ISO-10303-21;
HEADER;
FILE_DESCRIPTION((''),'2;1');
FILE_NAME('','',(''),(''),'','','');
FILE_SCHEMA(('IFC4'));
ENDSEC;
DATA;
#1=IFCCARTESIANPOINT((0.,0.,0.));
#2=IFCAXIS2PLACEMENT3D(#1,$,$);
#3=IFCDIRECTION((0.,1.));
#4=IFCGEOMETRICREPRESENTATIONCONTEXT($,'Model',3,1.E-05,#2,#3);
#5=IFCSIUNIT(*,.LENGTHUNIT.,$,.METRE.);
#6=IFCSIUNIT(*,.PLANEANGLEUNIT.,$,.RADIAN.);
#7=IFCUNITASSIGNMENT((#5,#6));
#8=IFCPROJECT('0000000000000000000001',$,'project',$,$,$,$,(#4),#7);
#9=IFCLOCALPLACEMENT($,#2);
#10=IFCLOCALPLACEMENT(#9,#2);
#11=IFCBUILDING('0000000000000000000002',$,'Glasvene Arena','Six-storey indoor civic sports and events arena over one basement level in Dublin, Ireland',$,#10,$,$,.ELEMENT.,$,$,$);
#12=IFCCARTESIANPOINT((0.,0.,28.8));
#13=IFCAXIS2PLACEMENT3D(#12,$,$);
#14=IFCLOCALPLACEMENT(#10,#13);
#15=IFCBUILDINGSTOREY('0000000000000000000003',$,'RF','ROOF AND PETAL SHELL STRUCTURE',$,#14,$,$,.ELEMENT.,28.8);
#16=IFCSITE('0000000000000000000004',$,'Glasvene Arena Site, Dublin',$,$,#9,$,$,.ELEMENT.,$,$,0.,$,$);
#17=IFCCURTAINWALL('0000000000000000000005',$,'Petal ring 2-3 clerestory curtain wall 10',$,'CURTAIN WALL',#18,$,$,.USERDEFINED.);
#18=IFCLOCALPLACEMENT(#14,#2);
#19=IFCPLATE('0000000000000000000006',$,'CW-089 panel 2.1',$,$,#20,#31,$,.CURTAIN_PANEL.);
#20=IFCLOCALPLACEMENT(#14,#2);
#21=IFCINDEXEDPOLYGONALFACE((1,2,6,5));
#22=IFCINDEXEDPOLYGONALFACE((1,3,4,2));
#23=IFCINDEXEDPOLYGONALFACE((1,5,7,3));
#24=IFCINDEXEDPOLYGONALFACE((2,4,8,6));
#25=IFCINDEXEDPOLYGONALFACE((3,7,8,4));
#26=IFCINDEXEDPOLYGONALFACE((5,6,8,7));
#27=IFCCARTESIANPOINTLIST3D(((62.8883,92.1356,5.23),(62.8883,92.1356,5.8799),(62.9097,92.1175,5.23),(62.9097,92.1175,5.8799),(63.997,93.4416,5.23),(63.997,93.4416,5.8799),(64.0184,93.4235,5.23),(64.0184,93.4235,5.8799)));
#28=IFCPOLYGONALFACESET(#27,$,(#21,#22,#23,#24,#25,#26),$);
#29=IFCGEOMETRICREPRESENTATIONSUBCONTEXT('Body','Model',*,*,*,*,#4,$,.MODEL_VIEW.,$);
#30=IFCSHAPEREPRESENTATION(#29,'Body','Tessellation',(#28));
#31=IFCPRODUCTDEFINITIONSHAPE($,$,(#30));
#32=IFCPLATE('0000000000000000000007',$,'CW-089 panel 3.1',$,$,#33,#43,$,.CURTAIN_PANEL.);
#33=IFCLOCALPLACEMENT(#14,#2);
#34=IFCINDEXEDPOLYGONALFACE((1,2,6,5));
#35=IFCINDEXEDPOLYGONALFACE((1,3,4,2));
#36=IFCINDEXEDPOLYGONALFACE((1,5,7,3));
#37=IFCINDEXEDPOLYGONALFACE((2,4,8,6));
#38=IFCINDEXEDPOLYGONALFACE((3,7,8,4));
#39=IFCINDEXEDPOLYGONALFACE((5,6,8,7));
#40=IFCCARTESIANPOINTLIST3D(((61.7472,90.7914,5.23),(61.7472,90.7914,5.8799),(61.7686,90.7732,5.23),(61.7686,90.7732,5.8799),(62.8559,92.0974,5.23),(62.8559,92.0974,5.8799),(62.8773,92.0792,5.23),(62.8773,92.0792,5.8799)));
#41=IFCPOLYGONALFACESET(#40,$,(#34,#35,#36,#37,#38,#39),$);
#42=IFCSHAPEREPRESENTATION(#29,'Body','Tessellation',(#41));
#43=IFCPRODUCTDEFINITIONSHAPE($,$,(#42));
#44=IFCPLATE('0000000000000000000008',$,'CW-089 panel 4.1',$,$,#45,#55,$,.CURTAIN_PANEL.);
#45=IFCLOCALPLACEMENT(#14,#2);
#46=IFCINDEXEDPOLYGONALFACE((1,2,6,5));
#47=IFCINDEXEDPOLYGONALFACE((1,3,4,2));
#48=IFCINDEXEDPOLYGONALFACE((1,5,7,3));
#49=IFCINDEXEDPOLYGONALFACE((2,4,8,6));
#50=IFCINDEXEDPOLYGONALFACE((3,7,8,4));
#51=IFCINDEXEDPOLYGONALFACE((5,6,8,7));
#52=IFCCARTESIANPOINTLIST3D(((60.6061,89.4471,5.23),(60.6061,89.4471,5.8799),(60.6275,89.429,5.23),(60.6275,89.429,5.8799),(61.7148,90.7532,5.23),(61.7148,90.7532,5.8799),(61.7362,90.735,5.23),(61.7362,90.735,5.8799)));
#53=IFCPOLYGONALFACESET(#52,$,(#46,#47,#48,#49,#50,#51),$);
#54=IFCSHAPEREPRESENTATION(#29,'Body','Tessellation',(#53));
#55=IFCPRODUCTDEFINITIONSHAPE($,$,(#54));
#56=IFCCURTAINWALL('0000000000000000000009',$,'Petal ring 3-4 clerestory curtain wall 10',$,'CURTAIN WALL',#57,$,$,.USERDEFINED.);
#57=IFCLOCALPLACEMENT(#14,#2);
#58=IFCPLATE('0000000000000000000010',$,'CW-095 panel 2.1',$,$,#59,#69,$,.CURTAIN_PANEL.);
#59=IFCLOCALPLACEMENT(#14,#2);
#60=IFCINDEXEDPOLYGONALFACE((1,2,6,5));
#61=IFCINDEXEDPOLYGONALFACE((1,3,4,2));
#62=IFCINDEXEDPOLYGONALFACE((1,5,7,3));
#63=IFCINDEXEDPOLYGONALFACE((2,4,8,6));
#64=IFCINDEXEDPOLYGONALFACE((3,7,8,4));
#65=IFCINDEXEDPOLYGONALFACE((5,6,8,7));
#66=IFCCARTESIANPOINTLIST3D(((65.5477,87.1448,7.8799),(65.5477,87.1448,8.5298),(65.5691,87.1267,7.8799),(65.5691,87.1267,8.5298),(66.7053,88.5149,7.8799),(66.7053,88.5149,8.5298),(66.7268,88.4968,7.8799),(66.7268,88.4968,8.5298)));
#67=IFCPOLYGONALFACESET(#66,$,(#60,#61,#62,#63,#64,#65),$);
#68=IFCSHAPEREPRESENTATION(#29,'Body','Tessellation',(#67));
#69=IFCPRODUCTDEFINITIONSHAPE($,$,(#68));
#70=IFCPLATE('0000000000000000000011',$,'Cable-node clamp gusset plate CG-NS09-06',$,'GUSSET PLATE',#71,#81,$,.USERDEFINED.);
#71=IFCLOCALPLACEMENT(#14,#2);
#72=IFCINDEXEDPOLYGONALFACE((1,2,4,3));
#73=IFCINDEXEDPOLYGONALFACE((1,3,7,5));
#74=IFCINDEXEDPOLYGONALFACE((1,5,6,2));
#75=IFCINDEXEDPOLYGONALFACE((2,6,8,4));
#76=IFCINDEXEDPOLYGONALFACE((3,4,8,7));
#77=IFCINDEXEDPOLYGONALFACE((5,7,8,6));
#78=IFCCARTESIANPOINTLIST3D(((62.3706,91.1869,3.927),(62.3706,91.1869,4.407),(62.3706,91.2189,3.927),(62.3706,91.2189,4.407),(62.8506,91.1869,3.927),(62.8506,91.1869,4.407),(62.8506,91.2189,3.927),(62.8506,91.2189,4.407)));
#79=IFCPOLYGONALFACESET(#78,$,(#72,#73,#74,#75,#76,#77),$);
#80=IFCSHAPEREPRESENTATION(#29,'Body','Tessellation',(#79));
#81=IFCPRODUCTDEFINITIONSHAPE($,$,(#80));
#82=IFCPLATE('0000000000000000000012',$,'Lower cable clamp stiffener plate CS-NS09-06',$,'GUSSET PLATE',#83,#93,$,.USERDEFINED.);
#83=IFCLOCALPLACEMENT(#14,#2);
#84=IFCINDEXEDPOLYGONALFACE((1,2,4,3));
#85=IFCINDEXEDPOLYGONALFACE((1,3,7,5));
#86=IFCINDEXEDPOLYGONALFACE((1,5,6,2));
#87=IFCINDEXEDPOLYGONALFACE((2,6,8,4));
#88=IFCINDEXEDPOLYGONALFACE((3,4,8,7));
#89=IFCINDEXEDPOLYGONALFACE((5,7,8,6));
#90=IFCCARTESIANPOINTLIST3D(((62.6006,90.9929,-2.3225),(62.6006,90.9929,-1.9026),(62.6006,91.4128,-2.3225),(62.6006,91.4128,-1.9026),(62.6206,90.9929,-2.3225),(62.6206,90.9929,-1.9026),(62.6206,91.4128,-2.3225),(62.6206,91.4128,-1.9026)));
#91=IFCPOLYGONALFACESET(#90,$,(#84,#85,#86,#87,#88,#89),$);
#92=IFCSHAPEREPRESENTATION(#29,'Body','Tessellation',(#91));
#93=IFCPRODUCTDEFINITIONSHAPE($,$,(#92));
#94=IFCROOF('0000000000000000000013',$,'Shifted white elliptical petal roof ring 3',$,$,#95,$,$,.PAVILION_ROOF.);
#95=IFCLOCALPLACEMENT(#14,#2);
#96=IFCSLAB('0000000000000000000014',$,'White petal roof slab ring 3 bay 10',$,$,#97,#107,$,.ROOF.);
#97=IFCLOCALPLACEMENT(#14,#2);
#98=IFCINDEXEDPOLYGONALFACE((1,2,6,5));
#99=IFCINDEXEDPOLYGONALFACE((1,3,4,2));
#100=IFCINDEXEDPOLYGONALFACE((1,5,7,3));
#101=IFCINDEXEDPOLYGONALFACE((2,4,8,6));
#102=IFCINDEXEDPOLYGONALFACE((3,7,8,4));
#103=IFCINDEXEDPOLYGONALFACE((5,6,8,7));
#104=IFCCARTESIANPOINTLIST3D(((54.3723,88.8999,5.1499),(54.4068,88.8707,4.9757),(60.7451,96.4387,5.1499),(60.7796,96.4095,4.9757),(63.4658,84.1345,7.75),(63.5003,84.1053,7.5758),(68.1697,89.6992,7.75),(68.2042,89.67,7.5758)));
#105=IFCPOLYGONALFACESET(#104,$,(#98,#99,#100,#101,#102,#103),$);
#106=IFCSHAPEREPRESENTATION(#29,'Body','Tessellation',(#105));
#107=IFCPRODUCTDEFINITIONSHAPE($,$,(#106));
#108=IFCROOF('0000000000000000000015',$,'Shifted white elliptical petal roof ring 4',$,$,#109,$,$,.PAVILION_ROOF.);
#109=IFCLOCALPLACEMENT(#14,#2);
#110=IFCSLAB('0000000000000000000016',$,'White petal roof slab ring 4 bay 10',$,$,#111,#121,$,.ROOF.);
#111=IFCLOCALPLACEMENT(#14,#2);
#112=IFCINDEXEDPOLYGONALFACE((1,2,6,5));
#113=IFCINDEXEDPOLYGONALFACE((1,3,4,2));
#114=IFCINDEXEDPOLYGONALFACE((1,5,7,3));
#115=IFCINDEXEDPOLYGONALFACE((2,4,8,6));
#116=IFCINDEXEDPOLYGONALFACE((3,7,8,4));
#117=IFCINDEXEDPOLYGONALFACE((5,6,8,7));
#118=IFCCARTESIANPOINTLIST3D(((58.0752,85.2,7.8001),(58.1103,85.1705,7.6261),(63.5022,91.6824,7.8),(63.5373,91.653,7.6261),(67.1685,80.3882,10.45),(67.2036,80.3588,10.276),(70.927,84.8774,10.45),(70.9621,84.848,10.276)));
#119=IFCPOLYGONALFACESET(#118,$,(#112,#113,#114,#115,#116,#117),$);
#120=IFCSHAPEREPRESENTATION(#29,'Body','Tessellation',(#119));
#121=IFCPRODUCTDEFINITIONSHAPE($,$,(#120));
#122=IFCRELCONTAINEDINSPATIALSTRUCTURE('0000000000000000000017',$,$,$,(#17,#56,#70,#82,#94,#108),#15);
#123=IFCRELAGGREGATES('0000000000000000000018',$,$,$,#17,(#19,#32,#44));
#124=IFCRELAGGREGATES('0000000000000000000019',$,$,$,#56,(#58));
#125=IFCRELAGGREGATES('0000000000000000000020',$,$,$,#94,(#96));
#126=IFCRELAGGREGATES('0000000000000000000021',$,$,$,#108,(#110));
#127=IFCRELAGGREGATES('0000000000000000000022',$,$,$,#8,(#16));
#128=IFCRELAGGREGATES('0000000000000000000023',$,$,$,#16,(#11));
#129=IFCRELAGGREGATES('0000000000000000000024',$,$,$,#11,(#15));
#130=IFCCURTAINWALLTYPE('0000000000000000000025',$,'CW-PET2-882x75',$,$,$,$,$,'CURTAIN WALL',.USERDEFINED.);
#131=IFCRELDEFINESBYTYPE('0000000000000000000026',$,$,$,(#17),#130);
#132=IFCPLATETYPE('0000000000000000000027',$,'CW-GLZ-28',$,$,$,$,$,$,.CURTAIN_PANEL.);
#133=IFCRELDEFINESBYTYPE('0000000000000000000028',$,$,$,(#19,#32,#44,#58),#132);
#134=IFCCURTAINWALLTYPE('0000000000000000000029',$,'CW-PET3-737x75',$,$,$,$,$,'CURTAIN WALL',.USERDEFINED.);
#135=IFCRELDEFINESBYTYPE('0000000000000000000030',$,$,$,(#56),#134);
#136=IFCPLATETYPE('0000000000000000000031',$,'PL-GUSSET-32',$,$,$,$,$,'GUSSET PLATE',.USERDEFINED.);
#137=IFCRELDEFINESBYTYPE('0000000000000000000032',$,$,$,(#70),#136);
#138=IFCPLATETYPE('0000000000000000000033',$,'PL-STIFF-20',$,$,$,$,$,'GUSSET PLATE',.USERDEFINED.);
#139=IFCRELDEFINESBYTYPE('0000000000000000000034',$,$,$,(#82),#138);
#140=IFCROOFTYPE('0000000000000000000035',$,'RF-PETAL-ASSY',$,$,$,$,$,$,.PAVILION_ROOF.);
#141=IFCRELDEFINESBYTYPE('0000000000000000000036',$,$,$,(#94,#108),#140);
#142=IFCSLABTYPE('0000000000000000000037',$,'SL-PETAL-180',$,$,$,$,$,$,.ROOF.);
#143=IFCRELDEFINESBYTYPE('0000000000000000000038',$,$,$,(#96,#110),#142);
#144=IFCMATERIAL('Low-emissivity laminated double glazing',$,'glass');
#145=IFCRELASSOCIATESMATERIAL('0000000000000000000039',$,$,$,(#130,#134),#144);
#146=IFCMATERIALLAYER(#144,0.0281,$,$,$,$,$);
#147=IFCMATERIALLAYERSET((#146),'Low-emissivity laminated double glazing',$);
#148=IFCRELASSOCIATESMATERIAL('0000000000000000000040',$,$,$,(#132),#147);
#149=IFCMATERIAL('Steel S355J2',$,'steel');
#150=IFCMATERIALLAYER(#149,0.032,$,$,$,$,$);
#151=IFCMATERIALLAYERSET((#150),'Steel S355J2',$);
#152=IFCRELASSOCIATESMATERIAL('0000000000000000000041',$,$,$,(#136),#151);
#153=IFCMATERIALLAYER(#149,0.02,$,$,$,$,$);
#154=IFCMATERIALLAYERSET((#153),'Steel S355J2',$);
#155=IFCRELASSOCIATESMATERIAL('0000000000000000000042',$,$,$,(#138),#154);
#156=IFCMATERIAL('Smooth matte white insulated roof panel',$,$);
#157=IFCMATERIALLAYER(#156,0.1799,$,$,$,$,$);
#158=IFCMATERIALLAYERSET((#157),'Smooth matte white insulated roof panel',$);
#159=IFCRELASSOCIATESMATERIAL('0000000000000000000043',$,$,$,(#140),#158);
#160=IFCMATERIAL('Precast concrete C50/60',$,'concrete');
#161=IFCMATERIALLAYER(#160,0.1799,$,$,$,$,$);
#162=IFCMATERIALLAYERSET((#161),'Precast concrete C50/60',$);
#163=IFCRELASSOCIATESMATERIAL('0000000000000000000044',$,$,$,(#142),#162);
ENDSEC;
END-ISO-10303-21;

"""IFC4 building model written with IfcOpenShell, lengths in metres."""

from ifc_helpers import new_model, si_unit, direction, frame, origin, origin_2d, place, context, subcontext, project, spatial, polyline, rectangle, outline, extrude, material, layer, layer_set, type_object, element, aggregate, save


model = new_model("IFC4")

# Units and contexts
model_context = context("Model", 3, precision=1e-05, world=origin(), true_north=direction((0.0, 1.0)))
body_context = subcontext(model_context, "Body", "Model", "MODEL_VIEW")
ifc_project = project(units=[si_unit("LENGTHUNIT", "METRE"), si_unit("PLANEANGLEUNIT", "RADIAN")], contexts=[model_context])

# Site, building, storey
site_placement = place(None, origin())
site = spatial("IfcSite", under=ifc_project, at=site_placement, Name="Glasvene Arena Site, Dublin", CompositionType="ELEMENT", RefElevation=0.0)
building_placement = place(site_placement, origin())
building = spatial("IfcBuilding", under=site, at=building_placement, Name="Glasvene Arena", Description="Six-storey indoor civic sports and events arena over one basement level in Dublin, Ireland", CompositionType="ELEMENT")
storey_placement = place(building_placement, frame((0.0, 0.0, 28.8)))
storey = spatial("IfcBuildingStorey", under=building, at=storey_placement, Name="RF", Description="ROOF AND PETAL SHELL STRUCTURE", CompositionType="ELEMENT", Elevation=28.8)

# Shared definitions
ifc_material_1 = material(Name="Low-emissivity laminated double glazing", Category="glass")

# Curtain wall
curtain_wall_type_1 = type_object("IfcCurtainWallType", Name="CW-PET2-882x75", ElementType="CURTAIN WALL", PredefinedType="USERDEFINED", material=ifc_material_1)
curtain_wall_1_placement = place(storey_placement, frame((65.1648, 94.7957, 0.0)))
curtain_wall_1 = element("IfcCurtainWall", 1, at=curtain_wall_1_placement, inside=storey, type_object=curtain_wall_type_1, Name="Petal ring 2-3 clerestory curtain wall 10", ObjectType="CURTAIN WALL", PredefinedType="USERDEFINED")

# Shared definitions
ifc_material_2 = material(Name="Steel S355J2", Category="steel")

# Plates
ifc_layer_1 = layer(ifc_material_1, 0.0281)
ifc_layer_set_1 = layer_set([ifc_layer_1], Name="Low-emissivity laminated double glazing")
plate_type_1 = type_object("IfcPlateType", Name="CW-GLZ-28", PredefinedType="CURTAIN_PANEL", material=ifc_layer_set_1)
plate_1_placement = place(storey_placement, frame((63.4534, 92.7795, 5.23), z_axis=(0.0, 0.0, 1.0), x_axis=(-0.647167, -0.762348, 0.0)))
plate_1 = element("IfcPlate", 2, at=plate_1_placement, type_object=plate_type_1, Name="CW-089 panel 2.1", PredefinedType="CURTAIN_PANEL", context=body_context, shape_type="SweptSolid", body=[
    extrude(rectangle(XDim=1.7131, YDim=0.0281, at=origin_2d()), origin(), (0.0, 0.0, 1.0), 0.6499),
])
plate_2_placement = place(storey_placement, frame((62.3123, 91.4353, 5.23), z_axis=(0.0, 0.0, 1.0), x_axis=(-0.647167, -0.762348, 0.0)))
plate_2 = element("IfcPlate", 3, at=plate_2_placement, type_object=plate_type_1, Name="CW-089 panel 3.1", PredefinedType="CURTAIN_PANEL", context=body_context, shape_type="SweptSolid", body=[
    extrude(rectangle(XDim=1.7131, YDim=0.0281, at=origin_2d()), origin(), (0.0, 0.0, 1.0), 0.6499),
])
plate_3_placement = place(storey_placement, frame((61.1711, 90.0911, 5.23), z_axis=(0.0, 0.0, 1.0), x_axis=(-0.647167, -0.762348, 0.0)))
plate_3 = element("IfcPlate", 4, at=plate_3_placement, type_object=plate_type_1, Name="CW-089 panel 4.1", PredefinedType="CURTAIN_PANEL", context=body_context, shape_type="SweptSolid", body=[
    extrude(rectangle(XDim=1.7131, YDim=0.0281, at=origin_2d()), origin(), (0.0, 0.0, 1.0), 0.6499),
])
aggregate(curtain_wall_1, [plate_1, plate_2, plate_3])

# Curtain wall, plate
curtain_wall_type_2 = type_object("IfcCurtainWallType", Name="CW-PET3-737x75", ElementType="CURTAIN WALL", PredefinedType="USERDEFINED", material=ifc_material_1)
curtain_wall_2_placement = place(storey_placement, frame((67.9221, 89.9333, 0.0)))
curtain_wall_2 = element("IfcCurtainWall", 5, at=curtain_wall_2_placement, inside=storey, type_object=curtain_wall_type_2, Name="Petal ring 3-4 clerestory curtain wall 10", ObjectType="CURTAIN WALL", PredefinedType="USERDEFINED")
plate_4_placement = place(storey_placement, frame((66.1372, 87.8208, 7.8799), z_axis=(0.0, 0.0, 1.0), x_axis=(-0.645394, -0.76385, 0.0)))
plate_4 = element("IfcPlate", 6, at=plate_4_placement, type_object=plate_type_1, Name="CW-095 panel 2.1", PredefinedType="CURTAIN_PANEL", context=body_context, shape_type="SweptSolid", body=[
    extrude(rectangle(XDim=1.7937, YDim=0.0281, at=origin_2d()), origin(), (0.0, 0.0, 1.0), 0.6499),
])
aggregate(curtain_wall_2, [plate_4])

# Plates
ifc_layer_2 = layer(ifc_material_2, 0.032)
ifc_layer_set_2 = layer_set([ifc_layer_2], Name="Steel S355J2")
plate_type_2 = type_object("IfcPlateType", Name="PL-GUSSET-32", ElementType="GUSSET PLATE", PredefinedType="USERDEFINED", material=ifc_layer_set_2)
plate_5_placement = place(storey_placement, frame((62.6106, 91.2029, 3.927), z_axis=(0.0, 0.0, 1.0), x_axis=(1.0, 0.0, 0.0)))
element("IfcPlate", 7, at=plate_5_placement, inside=storey, type_object=plate_type_2, Name="Cable-node clamp gusset plate CG-NS09-06", ObjectType="GUSSET PLATE", PredefinedType="USERDEFINED", context=body_context, shape_type="SweptSolid", body=[
    extrude(rectangle(XDim=0.48, YDim=0.032, at=origin_2d()), origin(), (0.0, 0.0, 1.0), 0.48),
])
ifc_layer_3 = layer(ifc_material_2, 0.02)
ifc_layer_set_3 = layer_set([ifc_layer_3], Name="Steel S355J2")
plate_type_3 = type_object("IfcPlateType", Name="PL-STIFF-20", ElementType="GUSSET PLATE", PredefinedType="USERDEFINED", material=ifc_layer_set_3)
plate_6_placement = place(storey_placement, frame((62.6106, 91.2029, -2.3225), z_axis=(0.0, 0.0, 1.0), x_axis=(1.0, 0.0, 0.0)))
element("IfcPlate", 8, at=plate_6_placement, inside=storey, type_object=plate_type_3, Name="Lower cable clamp stiffener plate CS-NS09-06", ObjectType="GUSSET PLATE", PredefinedType="USERDEFINED", context=body_context, shape_type="SweptSolid", body=[
    extrude(rectangle(XDim=0.02, YDim=0.4199, at=origin_2d()), origin(), (0.0, 0.0, 1.0), 0.4199),
])

# Roofs, slabs
ifc_material_3 = material(Name="Smooth matte white insulated roof panel")
ifc_layer_4 = layer(ifc_material_3, 0.1799)
ifc_layer_set_4 = layer_set([ifc_layer_4], Name="Smooth matte white insulated roof panel")
roof_type = type_object("IfcRoofType", Name="RF-PETAL-ASSY", PredefinedType="PAVILION_ROOF", material=ifc_layer_set_4)
roof_1_placement = place(storey_placement, frame((89.1001, 70.7, 5.1499)))
roof_1 = element("IfcRoof", 9, at=roof_1_placement, inside=storey, type_object=roof_type, Name="Shifted white elliptical petal roof ring 3", PredefinedType="PAVILION_ROOF")
ifc_material_4 = material(Name="Precast concrete C50/60", Category="concrete")
ifc_layer_5 = layer(ifc_material_4, 0.1799)
ifc_layer_set_5 = layer_set([ifc_layer_5], Name="Precast concrete C50/60")
slab_type = type_object("IfcSlabType", Name="SL-PETAL-180", PredefinedType="ROOF", material=ifc_layer_set_5)
slab_1_placement = place(storey_placement, frame((60.7451, 96.4387, 5.1499), z_axis=(-0.191802, 0.162134, 0.967949), x_axis=(-0.645576, -0.763696, -0.000002)))
slab_1 = element("IfcSlab", 10, at=slab_1_placement, type_object=slab_type, Name="White petal roof slab ring 3 bay 10", PredefinedType="ROOF", context=body_context, shape_type="SweptSolid", body=[
    extrude(outline(polyline([(0.0, 0.0), (9.8715, 0.0), (7.6402, 10.3529), (0.3538, 10.3528), (0.0, 0.0)])), origin(), (0.0, 0.0, -1.0), 0.1799),
])
aggregate(roof_1, [slab_1])
roof_2_placement = place(storey_placement, frame((87.6499, 69.55, 7.8)))
roof_2 = element("IfcRoof", 11, at=roof_2_placement, inside=storey, type_object=roof_type, Name="Shifted white elliptical petal roof ring 4", PredefinedType="PAVILION_ROOF")
slab_2_placement = place(storey_placement, frame((63.5022, 91.6824, 7.8), z_axis=(-0.195287, 0.163495, 0.967022), x_axis=(-0.641927, -0.766766, 0.000003)))
slab_2 = element("IfcSlab", 12, at=slab_2_placement, type_object=slab_type, Name="White petal roof slab ring 4 bay 10", PredefinedType="ROOF", context=body_context, shape_type="SweptSolid", body=[
    extrude(outline(polyline([(0.0, 0.0), (8.4542, 0.0), (6.3065, 10.4043), (0.4516, 10.4045), (0.0, 0.0)])), origin(), (0.0, 0.0, -1.0), 0.1799),
])
aggregate(roof_2, [slab_2])

save(model, "model.ifc")
